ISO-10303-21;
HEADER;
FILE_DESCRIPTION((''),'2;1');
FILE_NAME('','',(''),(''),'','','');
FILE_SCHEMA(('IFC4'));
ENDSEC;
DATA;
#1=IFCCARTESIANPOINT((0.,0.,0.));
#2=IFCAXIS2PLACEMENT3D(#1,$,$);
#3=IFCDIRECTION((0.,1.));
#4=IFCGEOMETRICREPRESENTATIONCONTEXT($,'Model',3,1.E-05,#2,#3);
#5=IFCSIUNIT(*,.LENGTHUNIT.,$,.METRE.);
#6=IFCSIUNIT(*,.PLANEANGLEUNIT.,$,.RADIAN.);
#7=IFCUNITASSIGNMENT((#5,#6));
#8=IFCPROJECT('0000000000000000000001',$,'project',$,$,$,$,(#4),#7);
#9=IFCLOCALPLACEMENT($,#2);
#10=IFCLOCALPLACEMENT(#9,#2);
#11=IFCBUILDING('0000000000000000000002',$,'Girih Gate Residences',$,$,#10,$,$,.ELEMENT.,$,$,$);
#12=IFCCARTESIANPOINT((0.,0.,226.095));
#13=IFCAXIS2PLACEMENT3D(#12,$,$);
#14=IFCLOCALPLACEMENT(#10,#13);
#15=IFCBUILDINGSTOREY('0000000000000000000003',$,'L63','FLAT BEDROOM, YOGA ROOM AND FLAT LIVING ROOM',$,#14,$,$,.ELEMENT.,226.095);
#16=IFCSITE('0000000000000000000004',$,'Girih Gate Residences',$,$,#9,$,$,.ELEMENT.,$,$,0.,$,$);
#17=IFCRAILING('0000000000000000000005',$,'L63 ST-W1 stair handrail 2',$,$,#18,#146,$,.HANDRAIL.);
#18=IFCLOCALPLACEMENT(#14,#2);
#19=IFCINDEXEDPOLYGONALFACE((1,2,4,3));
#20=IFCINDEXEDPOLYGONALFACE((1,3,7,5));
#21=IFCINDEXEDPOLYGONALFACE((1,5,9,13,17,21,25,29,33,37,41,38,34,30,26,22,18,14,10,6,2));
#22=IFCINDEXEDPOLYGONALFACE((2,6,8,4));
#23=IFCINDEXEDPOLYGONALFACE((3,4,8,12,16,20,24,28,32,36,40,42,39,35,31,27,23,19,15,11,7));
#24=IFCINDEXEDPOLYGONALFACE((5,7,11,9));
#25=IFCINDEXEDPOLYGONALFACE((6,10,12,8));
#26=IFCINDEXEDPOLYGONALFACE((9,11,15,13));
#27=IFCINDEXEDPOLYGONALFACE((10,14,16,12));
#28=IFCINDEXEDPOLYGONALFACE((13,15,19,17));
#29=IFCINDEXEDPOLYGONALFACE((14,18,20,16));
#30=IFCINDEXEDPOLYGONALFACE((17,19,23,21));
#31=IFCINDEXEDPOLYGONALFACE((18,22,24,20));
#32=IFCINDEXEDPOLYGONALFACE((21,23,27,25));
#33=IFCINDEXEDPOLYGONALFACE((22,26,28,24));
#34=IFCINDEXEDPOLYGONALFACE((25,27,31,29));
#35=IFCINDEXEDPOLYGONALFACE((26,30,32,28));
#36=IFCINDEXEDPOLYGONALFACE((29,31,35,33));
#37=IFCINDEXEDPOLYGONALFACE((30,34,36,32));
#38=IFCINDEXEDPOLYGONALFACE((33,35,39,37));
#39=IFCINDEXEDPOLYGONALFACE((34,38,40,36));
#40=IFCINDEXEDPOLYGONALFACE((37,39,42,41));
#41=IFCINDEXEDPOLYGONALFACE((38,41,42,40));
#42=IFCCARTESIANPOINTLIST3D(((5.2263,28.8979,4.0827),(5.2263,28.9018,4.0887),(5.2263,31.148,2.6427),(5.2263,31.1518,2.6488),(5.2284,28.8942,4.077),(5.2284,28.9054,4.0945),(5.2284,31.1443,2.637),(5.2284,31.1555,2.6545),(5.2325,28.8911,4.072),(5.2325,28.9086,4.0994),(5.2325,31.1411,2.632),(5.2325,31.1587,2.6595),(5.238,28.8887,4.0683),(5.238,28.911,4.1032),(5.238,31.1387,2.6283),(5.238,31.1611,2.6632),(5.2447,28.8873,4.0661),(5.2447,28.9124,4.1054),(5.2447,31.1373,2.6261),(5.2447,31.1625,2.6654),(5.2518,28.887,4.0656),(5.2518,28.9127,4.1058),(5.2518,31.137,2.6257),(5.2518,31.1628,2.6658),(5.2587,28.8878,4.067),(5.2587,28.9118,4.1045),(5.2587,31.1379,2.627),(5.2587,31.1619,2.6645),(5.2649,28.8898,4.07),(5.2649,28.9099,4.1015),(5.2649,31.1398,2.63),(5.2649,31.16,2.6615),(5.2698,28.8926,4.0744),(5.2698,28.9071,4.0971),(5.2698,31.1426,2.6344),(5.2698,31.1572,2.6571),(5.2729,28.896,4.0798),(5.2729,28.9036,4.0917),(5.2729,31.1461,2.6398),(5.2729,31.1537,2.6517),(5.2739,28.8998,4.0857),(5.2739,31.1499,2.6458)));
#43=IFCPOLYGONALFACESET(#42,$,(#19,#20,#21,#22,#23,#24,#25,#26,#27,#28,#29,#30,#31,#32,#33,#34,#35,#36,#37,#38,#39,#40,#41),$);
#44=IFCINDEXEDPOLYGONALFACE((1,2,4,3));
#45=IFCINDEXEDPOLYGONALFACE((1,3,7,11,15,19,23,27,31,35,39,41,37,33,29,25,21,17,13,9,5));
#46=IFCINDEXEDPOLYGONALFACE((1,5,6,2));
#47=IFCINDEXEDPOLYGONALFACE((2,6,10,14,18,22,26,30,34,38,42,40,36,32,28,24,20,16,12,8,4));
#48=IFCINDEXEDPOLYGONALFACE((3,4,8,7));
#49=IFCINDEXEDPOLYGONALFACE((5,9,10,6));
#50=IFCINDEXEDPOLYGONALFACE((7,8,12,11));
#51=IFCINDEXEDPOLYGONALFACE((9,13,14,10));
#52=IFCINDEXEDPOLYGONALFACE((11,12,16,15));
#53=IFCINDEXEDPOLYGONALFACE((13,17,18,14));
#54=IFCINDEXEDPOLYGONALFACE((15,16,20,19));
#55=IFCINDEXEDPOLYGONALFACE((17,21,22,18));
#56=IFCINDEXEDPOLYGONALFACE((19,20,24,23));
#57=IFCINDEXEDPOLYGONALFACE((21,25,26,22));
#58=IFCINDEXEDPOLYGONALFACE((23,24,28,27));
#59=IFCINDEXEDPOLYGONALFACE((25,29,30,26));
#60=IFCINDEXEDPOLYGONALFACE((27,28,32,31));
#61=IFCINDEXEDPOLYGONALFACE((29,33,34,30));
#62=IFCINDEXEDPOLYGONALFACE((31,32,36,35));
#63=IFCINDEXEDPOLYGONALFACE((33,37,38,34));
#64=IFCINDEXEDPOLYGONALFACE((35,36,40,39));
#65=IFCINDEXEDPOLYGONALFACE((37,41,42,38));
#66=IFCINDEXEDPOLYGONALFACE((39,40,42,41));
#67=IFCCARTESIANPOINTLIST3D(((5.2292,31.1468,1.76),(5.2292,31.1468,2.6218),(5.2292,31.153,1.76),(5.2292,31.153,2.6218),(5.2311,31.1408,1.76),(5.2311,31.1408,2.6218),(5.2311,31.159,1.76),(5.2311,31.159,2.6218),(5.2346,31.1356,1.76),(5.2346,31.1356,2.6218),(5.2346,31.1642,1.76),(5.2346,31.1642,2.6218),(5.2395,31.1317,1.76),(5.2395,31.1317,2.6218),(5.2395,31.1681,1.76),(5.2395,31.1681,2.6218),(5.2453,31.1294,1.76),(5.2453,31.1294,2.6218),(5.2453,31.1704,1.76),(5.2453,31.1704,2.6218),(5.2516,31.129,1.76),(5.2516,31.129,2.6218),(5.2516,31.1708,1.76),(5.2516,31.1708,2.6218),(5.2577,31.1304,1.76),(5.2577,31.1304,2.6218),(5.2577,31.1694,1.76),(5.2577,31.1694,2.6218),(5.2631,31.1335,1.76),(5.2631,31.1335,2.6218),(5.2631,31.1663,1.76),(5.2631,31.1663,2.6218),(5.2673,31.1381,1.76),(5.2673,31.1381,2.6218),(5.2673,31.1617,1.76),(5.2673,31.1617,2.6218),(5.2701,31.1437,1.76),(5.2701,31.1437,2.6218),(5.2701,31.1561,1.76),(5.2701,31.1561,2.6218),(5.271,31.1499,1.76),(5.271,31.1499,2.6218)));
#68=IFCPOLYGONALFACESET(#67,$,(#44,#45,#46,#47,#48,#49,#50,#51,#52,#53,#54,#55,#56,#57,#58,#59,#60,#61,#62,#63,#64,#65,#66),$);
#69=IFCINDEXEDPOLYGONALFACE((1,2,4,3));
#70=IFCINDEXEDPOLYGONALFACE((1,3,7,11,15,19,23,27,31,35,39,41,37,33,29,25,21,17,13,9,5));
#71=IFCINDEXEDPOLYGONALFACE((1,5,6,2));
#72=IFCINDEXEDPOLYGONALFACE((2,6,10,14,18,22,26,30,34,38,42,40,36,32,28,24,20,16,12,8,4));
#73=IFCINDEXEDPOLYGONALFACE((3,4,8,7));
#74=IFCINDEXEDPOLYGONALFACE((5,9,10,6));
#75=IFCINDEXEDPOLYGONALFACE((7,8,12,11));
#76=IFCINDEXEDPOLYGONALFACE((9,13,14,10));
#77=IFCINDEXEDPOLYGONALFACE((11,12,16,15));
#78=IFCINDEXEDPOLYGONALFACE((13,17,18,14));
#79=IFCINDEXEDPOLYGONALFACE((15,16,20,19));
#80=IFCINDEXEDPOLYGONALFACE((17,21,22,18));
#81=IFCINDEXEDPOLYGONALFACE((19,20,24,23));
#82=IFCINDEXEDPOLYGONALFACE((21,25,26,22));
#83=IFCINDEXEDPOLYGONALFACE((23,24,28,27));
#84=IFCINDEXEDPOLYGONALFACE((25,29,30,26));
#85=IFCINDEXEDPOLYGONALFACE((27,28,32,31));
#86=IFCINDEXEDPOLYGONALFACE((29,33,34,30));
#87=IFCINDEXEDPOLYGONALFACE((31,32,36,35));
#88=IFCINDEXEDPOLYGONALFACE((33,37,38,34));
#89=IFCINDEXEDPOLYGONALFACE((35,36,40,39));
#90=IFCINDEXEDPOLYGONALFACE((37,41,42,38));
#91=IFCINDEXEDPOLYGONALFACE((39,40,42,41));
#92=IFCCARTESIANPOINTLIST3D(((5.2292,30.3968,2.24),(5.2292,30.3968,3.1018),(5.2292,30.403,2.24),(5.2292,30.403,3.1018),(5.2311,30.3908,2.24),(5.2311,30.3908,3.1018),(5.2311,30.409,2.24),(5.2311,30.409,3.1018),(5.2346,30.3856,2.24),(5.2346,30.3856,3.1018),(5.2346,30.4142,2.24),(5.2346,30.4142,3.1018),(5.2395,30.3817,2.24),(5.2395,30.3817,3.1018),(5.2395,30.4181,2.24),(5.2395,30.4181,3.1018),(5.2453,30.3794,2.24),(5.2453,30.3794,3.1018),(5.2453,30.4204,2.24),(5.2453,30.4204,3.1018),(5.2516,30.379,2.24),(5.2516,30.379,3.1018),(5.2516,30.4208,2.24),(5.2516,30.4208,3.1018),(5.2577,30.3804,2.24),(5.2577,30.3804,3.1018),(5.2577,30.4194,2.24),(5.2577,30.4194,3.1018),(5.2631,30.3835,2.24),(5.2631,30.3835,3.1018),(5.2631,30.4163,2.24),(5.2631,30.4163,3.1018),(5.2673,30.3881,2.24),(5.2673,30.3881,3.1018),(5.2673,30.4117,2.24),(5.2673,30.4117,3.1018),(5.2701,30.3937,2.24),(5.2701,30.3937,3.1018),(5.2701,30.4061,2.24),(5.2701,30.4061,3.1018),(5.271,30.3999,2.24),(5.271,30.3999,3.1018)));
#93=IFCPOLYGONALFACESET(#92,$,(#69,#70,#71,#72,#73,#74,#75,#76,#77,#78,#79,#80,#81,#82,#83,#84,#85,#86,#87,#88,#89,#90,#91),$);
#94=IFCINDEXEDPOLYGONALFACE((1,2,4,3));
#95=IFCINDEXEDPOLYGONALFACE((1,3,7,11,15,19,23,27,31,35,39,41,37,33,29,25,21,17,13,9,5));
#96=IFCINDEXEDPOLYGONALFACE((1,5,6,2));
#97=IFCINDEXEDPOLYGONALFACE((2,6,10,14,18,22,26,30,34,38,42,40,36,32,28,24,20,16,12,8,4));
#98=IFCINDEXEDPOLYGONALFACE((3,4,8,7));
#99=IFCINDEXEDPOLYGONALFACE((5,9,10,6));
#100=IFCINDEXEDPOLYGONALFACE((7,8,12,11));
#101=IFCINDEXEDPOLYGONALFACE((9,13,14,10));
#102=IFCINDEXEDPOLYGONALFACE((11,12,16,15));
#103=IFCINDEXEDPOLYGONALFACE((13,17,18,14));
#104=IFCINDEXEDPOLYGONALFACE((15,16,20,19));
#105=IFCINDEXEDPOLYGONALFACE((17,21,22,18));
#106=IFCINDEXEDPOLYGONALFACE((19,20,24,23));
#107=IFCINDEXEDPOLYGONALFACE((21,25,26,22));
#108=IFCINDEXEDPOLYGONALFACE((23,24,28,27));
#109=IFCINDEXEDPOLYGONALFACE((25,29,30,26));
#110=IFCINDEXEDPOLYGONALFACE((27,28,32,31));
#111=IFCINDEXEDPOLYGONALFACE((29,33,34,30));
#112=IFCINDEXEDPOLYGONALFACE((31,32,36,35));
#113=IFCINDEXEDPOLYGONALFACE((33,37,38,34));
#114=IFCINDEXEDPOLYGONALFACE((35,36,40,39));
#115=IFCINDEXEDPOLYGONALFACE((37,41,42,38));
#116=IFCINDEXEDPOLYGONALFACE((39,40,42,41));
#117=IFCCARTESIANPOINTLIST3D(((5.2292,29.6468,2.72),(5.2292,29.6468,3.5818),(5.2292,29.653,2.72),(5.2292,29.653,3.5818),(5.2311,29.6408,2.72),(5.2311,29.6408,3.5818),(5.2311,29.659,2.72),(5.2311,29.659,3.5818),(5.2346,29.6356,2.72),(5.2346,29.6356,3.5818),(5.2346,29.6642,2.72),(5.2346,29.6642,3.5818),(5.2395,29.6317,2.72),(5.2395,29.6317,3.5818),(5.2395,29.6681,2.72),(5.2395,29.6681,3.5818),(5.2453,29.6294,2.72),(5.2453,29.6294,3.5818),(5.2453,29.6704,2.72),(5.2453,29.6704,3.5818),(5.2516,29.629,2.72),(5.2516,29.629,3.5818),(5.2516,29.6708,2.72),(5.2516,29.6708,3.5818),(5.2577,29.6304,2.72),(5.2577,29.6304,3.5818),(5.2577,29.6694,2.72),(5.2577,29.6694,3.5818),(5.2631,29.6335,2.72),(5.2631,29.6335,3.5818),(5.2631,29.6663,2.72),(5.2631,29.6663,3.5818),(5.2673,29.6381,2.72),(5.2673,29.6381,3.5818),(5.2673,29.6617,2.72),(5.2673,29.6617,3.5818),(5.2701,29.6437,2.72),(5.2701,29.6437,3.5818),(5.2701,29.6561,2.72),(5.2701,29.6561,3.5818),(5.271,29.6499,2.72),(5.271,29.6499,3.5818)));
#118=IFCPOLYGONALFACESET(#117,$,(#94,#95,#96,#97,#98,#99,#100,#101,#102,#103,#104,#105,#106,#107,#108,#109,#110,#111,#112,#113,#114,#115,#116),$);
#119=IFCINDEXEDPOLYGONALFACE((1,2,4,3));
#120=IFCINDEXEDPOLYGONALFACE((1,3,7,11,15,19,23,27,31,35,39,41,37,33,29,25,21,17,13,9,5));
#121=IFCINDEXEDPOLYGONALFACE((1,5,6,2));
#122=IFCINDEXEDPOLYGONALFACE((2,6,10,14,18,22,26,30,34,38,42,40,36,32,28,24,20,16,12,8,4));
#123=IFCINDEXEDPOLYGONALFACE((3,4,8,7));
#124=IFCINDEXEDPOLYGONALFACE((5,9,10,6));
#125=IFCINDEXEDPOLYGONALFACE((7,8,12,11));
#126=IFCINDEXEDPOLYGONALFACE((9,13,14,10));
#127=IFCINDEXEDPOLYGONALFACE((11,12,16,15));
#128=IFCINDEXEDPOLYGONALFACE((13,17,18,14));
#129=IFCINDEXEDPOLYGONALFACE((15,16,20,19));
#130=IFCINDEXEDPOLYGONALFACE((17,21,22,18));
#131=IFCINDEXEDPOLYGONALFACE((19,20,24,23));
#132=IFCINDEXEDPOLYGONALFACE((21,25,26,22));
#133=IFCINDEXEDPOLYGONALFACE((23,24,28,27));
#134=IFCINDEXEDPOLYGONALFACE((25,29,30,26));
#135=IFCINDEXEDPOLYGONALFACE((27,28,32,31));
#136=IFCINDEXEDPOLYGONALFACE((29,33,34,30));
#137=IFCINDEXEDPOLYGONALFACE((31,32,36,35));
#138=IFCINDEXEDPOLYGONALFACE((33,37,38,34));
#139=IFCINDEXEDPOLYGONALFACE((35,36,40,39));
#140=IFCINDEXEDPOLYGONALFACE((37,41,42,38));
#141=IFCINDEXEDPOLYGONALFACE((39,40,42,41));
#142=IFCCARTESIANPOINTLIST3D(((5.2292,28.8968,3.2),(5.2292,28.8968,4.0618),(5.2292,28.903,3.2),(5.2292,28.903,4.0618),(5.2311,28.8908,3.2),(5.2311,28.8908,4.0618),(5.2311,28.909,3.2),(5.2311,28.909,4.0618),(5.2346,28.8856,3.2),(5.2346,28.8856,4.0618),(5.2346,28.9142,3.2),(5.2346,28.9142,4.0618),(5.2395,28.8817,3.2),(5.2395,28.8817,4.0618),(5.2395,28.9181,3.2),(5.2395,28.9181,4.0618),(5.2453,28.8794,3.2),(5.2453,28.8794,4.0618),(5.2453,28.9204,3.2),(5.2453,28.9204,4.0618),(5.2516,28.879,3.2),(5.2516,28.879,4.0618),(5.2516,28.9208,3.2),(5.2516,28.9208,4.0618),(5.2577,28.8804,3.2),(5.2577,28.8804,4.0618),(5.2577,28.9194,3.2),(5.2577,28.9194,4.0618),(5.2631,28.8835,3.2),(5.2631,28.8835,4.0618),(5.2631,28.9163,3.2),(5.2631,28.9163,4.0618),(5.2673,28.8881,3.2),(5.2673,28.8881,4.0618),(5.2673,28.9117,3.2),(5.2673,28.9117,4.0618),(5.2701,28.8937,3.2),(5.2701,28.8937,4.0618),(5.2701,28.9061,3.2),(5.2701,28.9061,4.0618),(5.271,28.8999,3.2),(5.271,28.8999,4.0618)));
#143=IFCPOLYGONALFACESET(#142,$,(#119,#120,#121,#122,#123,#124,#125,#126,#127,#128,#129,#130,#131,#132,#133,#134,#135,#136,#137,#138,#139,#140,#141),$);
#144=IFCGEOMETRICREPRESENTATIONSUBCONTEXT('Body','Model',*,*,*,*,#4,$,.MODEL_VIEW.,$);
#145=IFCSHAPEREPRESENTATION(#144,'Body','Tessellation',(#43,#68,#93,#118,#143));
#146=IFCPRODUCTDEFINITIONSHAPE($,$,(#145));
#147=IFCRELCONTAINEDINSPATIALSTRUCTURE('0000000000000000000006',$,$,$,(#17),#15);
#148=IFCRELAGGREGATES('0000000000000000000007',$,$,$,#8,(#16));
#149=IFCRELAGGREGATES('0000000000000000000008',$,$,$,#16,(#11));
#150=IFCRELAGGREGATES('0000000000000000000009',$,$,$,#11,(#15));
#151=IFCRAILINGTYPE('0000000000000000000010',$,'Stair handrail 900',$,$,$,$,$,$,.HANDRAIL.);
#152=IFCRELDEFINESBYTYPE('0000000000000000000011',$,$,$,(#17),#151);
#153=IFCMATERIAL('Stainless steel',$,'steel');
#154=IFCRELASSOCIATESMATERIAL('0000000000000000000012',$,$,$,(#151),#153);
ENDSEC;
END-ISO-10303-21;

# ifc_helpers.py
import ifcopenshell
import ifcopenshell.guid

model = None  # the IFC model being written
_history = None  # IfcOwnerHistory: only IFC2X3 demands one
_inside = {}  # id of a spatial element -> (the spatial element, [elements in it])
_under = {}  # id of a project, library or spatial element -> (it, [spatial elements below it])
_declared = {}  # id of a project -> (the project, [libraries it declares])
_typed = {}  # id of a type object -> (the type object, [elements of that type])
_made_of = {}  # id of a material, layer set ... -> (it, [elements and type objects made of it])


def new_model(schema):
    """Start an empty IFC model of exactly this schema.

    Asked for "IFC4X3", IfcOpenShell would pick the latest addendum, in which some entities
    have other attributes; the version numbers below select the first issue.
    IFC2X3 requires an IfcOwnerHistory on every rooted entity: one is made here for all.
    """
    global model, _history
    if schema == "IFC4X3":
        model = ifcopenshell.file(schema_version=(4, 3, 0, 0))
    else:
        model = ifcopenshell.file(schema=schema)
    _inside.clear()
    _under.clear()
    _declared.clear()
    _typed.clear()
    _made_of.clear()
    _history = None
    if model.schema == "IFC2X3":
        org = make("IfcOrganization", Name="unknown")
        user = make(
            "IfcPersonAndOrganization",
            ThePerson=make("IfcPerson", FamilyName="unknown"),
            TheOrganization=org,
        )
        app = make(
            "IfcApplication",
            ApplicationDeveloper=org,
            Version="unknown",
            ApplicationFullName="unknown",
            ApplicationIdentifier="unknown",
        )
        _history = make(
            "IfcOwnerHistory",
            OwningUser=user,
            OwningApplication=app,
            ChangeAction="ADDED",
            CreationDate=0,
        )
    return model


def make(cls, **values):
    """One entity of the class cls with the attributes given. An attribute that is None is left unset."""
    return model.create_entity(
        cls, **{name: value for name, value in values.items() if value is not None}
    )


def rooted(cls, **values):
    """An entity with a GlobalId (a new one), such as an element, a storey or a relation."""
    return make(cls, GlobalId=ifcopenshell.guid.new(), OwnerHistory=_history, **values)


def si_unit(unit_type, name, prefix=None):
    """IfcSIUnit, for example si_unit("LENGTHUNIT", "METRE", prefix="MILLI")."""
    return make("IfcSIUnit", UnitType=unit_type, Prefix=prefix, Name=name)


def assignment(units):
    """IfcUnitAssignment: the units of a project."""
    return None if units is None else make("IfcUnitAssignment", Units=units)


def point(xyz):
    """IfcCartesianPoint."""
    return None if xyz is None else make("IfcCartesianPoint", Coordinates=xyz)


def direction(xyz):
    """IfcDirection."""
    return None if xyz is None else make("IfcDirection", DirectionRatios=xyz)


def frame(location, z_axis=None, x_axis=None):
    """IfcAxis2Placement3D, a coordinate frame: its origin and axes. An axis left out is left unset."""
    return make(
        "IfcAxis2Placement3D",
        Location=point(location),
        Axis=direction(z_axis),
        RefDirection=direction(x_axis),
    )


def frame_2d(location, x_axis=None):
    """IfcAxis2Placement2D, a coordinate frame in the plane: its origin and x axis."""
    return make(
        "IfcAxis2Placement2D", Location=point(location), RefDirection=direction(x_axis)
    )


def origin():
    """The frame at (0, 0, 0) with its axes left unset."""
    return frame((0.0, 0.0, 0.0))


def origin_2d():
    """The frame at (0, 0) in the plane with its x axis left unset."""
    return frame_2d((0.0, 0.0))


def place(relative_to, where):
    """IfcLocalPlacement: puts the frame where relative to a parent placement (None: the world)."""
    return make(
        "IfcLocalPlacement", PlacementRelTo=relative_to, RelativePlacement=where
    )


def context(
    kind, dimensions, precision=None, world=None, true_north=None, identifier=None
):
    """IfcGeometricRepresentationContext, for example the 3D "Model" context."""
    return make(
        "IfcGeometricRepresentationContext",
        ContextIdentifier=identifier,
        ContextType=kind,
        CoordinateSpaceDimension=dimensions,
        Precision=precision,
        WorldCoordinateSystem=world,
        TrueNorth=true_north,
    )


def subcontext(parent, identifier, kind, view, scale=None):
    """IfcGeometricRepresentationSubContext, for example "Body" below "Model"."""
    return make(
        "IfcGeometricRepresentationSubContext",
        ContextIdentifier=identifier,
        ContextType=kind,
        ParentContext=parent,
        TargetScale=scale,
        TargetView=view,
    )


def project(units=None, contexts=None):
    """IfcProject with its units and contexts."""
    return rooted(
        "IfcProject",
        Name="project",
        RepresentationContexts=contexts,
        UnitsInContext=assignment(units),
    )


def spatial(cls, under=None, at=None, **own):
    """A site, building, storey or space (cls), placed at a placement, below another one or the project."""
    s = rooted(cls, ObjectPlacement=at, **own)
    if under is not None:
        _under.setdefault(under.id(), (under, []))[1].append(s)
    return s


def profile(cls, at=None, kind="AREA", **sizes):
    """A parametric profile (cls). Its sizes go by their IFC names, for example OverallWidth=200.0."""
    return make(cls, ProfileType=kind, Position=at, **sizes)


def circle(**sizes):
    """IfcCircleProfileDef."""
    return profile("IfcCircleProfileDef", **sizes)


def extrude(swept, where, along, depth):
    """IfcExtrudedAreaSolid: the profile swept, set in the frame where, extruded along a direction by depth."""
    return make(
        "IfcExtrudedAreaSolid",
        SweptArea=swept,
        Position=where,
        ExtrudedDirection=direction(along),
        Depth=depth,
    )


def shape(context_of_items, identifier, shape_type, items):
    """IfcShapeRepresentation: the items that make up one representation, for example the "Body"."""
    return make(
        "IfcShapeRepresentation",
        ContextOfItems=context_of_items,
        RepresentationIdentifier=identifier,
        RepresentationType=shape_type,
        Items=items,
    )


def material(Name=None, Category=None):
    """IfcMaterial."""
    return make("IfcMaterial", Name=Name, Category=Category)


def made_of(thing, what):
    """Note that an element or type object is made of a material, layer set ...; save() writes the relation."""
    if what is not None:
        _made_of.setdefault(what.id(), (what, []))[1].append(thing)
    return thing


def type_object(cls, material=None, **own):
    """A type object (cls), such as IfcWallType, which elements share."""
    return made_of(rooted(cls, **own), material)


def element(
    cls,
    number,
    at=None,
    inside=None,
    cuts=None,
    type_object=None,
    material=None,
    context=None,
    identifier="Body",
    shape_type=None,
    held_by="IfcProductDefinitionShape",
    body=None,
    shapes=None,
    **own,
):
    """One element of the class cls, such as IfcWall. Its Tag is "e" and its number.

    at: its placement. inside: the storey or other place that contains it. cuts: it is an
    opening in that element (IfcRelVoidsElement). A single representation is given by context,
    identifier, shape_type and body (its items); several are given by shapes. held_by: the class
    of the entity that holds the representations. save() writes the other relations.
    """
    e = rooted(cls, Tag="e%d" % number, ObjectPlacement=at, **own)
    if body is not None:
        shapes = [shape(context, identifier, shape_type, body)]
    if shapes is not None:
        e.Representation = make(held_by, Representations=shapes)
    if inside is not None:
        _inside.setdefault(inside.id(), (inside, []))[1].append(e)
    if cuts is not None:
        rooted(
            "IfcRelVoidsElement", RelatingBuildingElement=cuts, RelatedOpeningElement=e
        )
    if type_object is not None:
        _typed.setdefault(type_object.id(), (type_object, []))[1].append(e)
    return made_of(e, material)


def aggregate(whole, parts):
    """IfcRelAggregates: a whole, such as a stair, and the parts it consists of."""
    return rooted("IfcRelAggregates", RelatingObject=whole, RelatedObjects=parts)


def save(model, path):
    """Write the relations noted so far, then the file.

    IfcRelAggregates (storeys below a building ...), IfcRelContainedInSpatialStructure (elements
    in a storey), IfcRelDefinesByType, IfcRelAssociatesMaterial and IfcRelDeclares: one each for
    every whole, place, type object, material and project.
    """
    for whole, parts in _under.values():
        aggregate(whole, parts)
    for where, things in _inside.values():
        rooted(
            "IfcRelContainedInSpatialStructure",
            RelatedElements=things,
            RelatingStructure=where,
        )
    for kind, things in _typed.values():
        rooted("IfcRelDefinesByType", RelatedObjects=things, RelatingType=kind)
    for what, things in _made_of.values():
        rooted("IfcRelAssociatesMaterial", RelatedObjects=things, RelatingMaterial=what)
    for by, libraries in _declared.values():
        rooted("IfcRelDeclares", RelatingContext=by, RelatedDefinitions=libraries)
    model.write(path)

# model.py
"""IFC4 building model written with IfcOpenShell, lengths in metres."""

from ifc_helpers import new_model, si_unit, direction, frame, origin, origin_2d, place, context, subcontext, project, spatial, circle, extrude, material, type_object, element, save


model = new_model("IFC4")

# Units and contexts
model_context = context("Model", 3, precision=1e-05, world=origin(), true_north=direction((0.0, 1.0)))
body_context = subcontext(model_context, "Body", "Model", "MODEL_VIEW")
ifc_project = project(units=[si_unit("LENGTHUNIT", "METRE"), si_unit("PLANEANGLEUNIT", "RADIAN")], contexts=[model_context])

# Site, building, storey
site_placement = place(None, origin())
site = spatial("IfcSite", under=ifc_project, at=site_placement, Name="Girih Gate Residences", CompositionType="ELEMENT", RefElevation=0.0)
building_placement = place(site_placement, origin())
building = spatial("IfcBuilding", under=site, at=building_placement, Name="Girih Gate Residences", CompositionType="ELEMENT")
storey_placement = place(building_placement, frame((0.0, 0.0, 226.095)))
storey = spatial("IfcBuildingStorey", under=building, at=storey_placement, Name="L63", Description="FLAT BEDROOM, YOGA ROOM AND FLAT LIVING ROOM", CompositionType="ELEMENT", Elevation=226.095)

# Shared definitions
ifc_material_1 = material(Name="Stainless steel", Category="steel")

# Railing
railing_type_1 = type_object("IfcRailingType", Name="Stair handrail 900", PredefinedType="HANDRAIL", material=ifc_material_1)
railing_1_placement = place(storey_placement, frame((5.25, 31.1499, 1.76)))
element("IfcRailing", 1, at=railing_1_placement, inside=storey, type_object=railing_type_1, Name="L63 ST-W1 stair handrail 2", PredefinedType="HANDRAIL", context=body_context, shape_type="SweptSolid", body=[
    extrude(circle(Radius=0.0239, at=origin_2d()), frame((0.0, 0.0, 0.8857), z_axis=(0.0, -0.842281, 0.539038), x_axis=(1.0, 0.0, 0.0)), (0.0, 0.0, 1.0), 2.6714),
    extrude(circle(Radius=0.021, at=origin_2d()), origin(), (0.0, 0.0, 1.0), 0.8618),
    extrude(circle(Radius=0.021, at=origin_2d()), frame((0.0, -0.75, 0.48)), (0.0, 0.0, 1.0), 0.8618),
    extrude(circle(Radius=0.021, at=origin_2d()), frame((0.0, -1.5, 0.96)), (0.0, 0.0, 1.0), 0.8618),
    extrude(circle(Radius=0.021, at=origin_2d()), frame((0.0, -2.25, 1.4399)), (0.0, 0.0, 1.0), 0.8618),
])

save(model, "model.ifc")
